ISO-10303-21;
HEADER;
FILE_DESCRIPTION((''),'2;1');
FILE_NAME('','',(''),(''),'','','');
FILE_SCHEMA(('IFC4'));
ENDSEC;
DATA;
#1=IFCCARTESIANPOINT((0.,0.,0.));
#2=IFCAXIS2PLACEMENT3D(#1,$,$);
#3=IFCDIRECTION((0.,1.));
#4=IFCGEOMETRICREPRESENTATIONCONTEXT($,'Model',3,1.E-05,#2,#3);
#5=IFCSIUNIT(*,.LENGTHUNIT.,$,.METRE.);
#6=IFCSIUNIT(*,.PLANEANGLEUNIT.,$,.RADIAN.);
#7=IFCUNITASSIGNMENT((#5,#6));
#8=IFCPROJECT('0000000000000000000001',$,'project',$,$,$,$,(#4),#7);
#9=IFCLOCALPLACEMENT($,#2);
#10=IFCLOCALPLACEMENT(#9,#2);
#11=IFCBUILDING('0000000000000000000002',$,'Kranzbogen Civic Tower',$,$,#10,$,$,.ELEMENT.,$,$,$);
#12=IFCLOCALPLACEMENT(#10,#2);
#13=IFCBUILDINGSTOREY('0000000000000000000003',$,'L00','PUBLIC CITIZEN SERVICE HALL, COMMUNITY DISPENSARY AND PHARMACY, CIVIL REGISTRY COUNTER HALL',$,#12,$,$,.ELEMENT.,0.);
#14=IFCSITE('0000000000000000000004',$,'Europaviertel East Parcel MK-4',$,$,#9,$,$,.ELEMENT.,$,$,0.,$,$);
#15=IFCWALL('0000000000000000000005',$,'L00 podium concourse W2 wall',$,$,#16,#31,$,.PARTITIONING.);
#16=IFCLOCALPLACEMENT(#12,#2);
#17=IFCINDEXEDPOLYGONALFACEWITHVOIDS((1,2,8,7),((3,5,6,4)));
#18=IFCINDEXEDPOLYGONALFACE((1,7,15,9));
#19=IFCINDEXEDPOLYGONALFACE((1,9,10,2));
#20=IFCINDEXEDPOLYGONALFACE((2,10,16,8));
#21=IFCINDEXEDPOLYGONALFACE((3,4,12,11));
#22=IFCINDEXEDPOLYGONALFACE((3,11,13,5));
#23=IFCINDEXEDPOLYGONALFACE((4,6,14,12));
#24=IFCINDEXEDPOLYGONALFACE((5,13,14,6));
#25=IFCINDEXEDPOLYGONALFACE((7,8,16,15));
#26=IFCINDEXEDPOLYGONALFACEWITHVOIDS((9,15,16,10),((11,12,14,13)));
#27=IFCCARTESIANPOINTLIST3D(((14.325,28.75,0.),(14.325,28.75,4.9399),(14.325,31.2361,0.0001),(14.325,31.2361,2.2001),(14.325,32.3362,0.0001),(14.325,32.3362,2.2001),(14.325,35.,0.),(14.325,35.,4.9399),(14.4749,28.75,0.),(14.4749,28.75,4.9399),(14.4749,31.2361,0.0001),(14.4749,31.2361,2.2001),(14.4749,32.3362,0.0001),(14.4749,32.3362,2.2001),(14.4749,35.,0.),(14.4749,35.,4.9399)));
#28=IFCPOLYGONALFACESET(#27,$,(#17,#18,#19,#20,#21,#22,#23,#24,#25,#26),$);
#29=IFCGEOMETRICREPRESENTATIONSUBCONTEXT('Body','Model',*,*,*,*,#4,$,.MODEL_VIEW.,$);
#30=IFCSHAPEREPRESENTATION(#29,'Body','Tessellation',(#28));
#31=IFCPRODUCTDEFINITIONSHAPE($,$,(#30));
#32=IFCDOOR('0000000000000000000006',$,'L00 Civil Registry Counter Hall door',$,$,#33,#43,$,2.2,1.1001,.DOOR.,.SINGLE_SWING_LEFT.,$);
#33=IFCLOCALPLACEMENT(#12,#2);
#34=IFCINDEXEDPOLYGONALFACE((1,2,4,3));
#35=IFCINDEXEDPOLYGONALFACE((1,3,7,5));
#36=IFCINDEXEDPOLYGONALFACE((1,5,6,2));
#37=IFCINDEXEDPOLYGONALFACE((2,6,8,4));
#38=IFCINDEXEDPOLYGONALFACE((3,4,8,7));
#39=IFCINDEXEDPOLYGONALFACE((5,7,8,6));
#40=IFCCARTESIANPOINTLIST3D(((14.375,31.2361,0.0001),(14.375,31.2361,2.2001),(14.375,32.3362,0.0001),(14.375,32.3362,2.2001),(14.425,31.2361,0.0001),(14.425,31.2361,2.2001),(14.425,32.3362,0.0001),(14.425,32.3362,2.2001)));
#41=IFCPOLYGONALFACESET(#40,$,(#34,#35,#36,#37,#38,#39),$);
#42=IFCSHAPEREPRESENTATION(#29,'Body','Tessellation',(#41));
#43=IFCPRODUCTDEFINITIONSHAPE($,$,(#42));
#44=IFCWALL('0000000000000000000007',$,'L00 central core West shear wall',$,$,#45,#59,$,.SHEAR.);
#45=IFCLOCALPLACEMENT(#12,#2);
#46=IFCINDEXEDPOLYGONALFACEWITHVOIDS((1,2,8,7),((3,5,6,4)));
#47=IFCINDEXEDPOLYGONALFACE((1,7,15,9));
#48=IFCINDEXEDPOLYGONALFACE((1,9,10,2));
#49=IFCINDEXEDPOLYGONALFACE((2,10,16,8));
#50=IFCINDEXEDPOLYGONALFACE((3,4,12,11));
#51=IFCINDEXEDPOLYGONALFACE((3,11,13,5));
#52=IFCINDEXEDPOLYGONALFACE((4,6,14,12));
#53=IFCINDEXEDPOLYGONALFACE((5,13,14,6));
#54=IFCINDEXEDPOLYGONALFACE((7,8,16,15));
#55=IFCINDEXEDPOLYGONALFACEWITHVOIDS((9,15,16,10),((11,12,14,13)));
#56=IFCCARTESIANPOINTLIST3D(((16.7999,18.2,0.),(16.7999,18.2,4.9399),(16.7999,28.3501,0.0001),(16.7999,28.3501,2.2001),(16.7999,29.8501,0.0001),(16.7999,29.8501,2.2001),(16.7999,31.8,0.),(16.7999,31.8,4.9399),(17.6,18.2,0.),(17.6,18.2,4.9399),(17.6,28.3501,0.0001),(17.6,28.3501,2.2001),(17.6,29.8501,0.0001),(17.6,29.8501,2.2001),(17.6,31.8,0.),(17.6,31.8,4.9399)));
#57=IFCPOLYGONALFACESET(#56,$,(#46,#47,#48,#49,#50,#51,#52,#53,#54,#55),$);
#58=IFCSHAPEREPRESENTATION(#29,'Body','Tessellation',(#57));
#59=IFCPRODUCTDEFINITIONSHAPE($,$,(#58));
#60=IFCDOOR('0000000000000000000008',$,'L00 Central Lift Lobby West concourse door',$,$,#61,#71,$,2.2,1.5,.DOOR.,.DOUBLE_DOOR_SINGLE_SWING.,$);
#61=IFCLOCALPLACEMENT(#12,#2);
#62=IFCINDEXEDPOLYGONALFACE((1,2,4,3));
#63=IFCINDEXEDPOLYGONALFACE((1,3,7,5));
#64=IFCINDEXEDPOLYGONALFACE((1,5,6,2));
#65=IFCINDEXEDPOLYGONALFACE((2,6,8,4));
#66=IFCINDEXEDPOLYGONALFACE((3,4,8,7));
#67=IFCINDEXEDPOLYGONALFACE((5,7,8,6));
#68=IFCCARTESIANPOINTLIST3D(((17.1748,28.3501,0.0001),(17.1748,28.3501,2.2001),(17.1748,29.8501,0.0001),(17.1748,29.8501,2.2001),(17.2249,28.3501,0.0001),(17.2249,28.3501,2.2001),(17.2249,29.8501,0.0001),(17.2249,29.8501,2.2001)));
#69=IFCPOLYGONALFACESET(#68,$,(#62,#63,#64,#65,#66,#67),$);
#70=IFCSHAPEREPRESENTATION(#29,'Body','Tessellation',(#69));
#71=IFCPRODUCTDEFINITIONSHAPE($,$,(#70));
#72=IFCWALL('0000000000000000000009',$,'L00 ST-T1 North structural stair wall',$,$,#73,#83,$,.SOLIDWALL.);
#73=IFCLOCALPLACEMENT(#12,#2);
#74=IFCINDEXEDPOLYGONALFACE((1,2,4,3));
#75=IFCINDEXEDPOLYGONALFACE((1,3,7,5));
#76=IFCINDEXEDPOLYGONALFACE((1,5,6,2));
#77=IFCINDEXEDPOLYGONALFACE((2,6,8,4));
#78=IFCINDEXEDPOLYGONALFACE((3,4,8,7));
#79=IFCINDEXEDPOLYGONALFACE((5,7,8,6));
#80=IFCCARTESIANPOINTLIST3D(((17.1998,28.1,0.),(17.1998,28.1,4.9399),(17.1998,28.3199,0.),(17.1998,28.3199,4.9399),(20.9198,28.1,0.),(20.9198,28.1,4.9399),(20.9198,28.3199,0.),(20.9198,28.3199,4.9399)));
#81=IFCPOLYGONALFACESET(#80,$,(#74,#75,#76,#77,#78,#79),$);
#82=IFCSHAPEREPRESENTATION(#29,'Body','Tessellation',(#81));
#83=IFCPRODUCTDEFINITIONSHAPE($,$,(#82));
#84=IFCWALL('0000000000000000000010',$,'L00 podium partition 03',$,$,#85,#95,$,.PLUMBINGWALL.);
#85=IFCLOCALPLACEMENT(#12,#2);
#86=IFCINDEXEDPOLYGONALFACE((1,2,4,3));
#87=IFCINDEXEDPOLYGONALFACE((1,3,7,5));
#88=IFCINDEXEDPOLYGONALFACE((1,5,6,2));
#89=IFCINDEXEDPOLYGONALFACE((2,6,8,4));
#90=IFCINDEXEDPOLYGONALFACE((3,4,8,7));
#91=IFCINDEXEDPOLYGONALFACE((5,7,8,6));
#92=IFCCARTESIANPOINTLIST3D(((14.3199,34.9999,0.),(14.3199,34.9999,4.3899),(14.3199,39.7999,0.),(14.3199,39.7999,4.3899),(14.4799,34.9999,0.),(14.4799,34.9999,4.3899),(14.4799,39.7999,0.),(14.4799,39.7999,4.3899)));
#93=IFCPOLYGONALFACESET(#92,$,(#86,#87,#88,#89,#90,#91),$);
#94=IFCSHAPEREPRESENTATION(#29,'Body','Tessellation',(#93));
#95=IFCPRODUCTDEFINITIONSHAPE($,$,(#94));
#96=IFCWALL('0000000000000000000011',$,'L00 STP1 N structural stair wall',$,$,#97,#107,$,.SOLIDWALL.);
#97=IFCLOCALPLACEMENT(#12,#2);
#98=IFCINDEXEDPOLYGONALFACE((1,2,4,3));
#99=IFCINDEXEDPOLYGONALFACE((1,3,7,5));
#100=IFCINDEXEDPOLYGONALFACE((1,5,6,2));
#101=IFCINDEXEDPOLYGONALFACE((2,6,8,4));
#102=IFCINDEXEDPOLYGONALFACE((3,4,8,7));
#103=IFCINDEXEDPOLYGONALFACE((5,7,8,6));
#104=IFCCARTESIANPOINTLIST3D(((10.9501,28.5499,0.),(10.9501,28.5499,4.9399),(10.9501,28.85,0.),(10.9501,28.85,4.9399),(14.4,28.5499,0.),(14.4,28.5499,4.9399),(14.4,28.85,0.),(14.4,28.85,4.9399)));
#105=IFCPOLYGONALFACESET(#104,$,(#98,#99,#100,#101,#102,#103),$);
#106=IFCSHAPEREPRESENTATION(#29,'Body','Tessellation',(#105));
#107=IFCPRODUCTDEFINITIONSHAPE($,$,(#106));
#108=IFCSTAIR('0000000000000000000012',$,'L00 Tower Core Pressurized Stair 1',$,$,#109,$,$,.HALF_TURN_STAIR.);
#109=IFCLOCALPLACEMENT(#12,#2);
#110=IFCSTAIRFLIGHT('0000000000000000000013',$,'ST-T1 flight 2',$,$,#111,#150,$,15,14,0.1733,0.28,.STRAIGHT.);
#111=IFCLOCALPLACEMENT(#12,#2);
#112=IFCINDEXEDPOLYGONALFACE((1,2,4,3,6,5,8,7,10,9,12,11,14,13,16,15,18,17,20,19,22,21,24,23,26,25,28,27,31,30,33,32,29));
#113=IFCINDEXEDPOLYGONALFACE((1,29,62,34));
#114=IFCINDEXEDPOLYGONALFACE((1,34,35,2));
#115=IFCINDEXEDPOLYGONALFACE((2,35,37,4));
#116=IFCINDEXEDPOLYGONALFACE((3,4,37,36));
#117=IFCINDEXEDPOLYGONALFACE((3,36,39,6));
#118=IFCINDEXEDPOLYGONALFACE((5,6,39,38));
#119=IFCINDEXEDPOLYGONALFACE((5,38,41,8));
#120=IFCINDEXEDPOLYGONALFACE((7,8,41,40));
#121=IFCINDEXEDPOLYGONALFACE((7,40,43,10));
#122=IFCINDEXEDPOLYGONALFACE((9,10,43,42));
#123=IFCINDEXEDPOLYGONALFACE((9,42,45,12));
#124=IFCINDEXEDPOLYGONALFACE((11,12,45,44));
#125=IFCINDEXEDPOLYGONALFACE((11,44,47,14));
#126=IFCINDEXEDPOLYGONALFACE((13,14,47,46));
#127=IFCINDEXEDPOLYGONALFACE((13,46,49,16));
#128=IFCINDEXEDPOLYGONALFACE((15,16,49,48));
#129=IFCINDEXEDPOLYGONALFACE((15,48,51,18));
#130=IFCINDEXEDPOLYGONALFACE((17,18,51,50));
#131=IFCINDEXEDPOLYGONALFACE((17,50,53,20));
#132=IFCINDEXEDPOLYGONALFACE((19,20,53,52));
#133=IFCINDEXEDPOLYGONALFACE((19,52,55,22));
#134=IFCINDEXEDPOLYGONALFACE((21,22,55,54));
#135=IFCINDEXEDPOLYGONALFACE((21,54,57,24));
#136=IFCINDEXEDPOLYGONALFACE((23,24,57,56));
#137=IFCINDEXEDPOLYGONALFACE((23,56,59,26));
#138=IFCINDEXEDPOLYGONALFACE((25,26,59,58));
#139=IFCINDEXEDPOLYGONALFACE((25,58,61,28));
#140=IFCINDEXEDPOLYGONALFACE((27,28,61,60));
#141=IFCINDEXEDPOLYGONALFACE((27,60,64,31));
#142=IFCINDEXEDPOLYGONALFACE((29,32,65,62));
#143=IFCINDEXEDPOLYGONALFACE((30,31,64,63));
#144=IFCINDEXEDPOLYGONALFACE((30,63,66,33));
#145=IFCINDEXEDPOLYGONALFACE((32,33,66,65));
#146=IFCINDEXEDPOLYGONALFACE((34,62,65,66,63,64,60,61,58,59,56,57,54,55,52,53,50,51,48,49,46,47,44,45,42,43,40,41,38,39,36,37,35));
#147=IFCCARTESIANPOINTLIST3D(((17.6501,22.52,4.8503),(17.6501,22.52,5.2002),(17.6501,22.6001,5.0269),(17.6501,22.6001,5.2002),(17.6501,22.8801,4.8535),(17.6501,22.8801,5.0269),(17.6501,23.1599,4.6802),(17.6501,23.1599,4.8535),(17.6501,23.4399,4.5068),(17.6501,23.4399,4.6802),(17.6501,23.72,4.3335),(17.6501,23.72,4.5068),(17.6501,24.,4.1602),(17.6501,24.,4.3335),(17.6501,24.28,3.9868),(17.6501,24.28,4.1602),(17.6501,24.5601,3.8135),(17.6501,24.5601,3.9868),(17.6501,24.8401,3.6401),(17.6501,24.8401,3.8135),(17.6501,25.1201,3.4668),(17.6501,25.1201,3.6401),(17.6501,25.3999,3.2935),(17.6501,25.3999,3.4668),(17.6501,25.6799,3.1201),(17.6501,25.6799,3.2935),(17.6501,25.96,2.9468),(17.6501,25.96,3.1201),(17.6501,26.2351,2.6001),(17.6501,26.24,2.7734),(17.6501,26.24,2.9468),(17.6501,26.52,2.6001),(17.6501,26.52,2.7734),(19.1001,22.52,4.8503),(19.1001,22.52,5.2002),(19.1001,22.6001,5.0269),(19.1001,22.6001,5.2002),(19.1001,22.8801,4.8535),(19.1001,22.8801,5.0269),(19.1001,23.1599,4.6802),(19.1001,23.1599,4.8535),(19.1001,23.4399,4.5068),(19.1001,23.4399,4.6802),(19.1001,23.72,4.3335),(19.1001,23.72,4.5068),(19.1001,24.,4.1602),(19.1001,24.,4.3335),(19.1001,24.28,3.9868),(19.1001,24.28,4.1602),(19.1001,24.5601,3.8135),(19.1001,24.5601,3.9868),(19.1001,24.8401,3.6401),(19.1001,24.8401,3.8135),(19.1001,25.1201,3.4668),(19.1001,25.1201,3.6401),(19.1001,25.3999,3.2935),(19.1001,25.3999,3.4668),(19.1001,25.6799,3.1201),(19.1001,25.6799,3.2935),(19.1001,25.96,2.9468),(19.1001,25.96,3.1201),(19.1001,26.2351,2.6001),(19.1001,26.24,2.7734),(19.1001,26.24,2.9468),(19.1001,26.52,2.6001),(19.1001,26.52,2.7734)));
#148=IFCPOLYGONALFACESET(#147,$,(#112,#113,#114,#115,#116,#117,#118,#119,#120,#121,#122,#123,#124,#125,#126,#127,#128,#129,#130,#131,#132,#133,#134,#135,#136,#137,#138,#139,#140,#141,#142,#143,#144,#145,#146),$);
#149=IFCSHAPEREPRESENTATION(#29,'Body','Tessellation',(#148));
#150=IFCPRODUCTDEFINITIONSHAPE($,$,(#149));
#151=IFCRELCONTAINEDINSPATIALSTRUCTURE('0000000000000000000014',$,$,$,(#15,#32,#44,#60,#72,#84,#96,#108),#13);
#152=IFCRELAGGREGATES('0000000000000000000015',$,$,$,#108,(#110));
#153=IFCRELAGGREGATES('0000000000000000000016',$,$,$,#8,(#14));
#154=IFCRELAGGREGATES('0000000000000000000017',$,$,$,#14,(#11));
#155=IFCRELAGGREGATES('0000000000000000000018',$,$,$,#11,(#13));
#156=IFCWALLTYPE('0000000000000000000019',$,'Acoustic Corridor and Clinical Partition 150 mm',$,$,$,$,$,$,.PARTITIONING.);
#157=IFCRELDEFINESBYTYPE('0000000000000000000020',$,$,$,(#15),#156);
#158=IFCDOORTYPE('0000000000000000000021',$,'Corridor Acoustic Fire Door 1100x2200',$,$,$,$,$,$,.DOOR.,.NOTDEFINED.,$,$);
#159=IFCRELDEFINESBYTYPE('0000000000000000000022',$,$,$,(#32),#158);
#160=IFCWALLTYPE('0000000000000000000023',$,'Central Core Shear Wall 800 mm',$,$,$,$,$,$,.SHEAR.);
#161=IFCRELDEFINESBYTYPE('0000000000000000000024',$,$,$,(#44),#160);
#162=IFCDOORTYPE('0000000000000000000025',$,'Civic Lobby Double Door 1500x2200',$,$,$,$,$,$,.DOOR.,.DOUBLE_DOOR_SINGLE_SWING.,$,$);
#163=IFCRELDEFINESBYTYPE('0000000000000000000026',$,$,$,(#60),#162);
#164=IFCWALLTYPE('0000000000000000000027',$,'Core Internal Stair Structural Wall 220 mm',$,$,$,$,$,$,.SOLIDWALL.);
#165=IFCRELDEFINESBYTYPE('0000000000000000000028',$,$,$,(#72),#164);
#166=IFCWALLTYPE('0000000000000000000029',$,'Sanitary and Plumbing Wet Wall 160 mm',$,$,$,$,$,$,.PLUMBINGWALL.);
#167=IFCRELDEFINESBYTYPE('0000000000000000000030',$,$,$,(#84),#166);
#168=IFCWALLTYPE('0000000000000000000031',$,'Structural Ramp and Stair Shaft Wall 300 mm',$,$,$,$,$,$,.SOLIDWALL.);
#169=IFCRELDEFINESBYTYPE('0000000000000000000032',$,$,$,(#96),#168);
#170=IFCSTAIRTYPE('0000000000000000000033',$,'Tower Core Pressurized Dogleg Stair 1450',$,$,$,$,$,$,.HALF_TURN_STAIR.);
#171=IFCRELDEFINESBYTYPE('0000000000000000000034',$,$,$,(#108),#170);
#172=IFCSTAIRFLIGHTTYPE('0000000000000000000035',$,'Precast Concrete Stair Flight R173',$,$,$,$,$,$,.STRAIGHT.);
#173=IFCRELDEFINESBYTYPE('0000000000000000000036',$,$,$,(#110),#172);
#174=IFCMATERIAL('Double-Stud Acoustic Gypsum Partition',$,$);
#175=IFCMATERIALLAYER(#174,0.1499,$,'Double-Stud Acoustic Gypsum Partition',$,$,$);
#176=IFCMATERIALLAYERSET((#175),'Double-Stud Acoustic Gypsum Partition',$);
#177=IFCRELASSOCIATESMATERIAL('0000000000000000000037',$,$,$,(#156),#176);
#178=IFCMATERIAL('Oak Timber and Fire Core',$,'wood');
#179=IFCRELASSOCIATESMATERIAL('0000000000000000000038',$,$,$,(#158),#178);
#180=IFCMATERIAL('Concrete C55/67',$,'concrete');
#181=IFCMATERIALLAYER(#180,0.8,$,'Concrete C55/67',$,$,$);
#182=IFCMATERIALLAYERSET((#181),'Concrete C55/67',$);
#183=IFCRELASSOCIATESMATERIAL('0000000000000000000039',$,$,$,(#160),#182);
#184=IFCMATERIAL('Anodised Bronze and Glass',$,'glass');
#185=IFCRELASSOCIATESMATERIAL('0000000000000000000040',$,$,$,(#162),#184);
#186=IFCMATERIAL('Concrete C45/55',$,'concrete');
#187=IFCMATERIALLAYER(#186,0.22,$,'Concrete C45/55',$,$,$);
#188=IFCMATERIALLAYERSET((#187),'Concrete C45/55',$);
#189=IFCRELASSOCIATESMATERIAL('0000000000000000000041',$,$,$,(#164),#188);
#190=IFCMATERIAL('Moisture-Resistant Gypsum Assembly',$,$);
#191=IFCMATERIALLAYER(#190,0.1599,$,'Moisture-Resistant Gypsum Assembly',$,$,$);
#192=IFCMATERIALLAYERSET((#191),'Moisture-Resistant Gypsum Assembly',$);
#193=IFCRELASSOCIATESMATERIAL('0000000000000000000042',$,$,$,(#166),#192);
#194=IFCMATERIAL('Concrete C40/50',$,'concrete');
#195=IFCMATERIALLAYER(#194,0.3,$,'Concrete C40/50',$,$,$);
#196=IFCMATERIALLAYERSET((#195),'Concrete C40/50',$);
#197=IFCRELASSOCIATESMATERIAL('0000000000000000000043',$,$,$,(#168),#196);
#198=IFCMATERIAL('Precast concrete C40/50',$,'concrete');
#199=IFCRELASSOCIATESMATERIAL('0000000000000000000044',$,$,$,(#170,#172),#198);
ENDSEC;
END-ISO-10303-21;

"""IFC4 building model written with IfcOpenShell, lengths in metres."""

from ifc_helpers import new_model, si_unit, direction, frame, frame_2d, origin, place, context, subcontext, project, spatial, polyline, rectangle, outline, extrude, material, layer, layer_set, type_object, element, fill, aggregate, save


model = new_model("IFC4")

# Units and contexts
model_context = context("Model", 3, precision=1e-05, world=origin(), true_north=direction((0.0, 1.0)))
body_context = subcontext(model_context, "Body", "Model", "MODEL_VIEW")
ifc_project = project(units=[si_unit("LENGTHUNIT", "METRE"), si_unit("PLANEANGLEUNIT", "RADIAN")], contexts=[model_context])

# Site, building, storey
site_placement = place(None, origin())
site = spatial("IfcSite", under=ifc_project, at=site_placement, Name="Europaviertel East Parcel MK-4", CompositionType="ELEMENT", RefElevation=0.0)
building_placement = place(site_placement, origin())
building = spatial("IfcBuilding", under=site, at=building_placement, Name="Kranzbogen Civic Tower", CompositionType="ELEMENT")
storey_placement = place(building_placement, origin())
storey = spatial("IfcBuildingStorey", under=building, at=storey_placement, Name="L00", Description="PUBLIC CITIZEN SERVICE HALL, COMMUNITY DISPENSARY AND PHARMACY, CIVIL REGISTRY COUNTER HALL", CompositionType="ELEMENT", Elevation=0.0)

# Shared definitions
ifc_material_1 = material(Name="Double-Stud Acoustic Gypsum Partition")
ifc_layer_1 = layer(ifc_material_1, 0.1499, Name="Double-Stud Acoustic Gypsum Partition")
ifc_layer_set_1 = layer_set([ifc_layer_1], Name="Double-Stud Acoustic Gypsum Partition")
wall_type_1 = type_object("IfcWallType", Name="Acoustic Corridor and Clinical Partition 150 mm", PredefinedType="PARTITIONING", material=ifc_layer_set_1)
ifc_material_2 = material(Name="Oak Timber and Fire Core", Category="wood")
door_type_1 = type_object("IfcDoorType", Name="Corridor Acoustic Fire Door 1100x2200", OperationType="NOTDEFINED", PredefinedType="DOOR", material=ifc_material_2)

# Walls, openings, doors
wall_1_placement = place(storey_placement, frame((14.3999, 28.75, 0.0), z_axis=(0.0, 0.0, 1.0), x_axis=(0.0, 1.0, 0.0)))
wall_1 = element("IfcWall", 1, at=wall_1_placement, inside=storey, type_object=wall_type_1, Name="L00 podium concourse W2 wall", PredefinedType="PARTITIONING", context=body_context, shape_type="SweptSolid", body=[
    extrude(rectangle(XDim=6.25, YDim=0.1499, at=frame_2d((3.125, 0.0))), origin(), (0.0, 0.0, 1.0), 4.9399),
])
opening_1_placement = place(wall_1_placement, frame((2.4861, 0.0, 0.0)))
opening_1 = element("IfcOpeningElement", 2, at=opening_1_placement, cuts=wall_1, PredefinedType="OPENING", context=body_context, shape_type="SweptSolid", body=[
    extrude(rectangle(XDim=1.1001, YDim=2.2, at=frame_2d((0.55, 1.1001))), frame((0.0, 0.085, 0.0), z_axis=(0.0, -1.0, 0.0), x_axis=(1.0, 0.0, 0.0)), (0.0, 0.0, 1.0), 0.1699),
])
door_1_placement = place(opening_1_placement, origin())
door_1 = element("IfcDoor", 3, at=door_1_placement, inside=storey, type_object=door_type_1, Name="L00 Civil Registry Counter Hall door", OperationType="SINGLE_SWING_LEFT", OverallHeight=2.2, OverallWidth=1.1001, PredefinedType="DOOR", context=body_context, shape_type="SweptSolid", body=[
    extrude(rectangle(XDim=1.1001, YDim=2.2, at=frame_2d((0.55, 1.1001))), frame((0.0, 0.0249, 0.0), z_axis=(0.0, -1.0, 0.0), x_axis=(1.0, 0.0, 0.0)), (0.0, 0.0, 1.0), 0.05),
])
fill(opening_1, door_1)
ifc_material_3 = material(Name="Concrete C55/67", Category="concrete")
ifc_layer_2 = layer(ifc_material_3, 0.8, Name="Concrete C55/67")
ifc_layer_set_2 = layer_set([ifc_layer_2], Name="Concrete C55/67")
wall_type_2 = type_object("IfcWallType", Name="Central Core Shear Wall 800 mm", PredefinedType="SHEAR", material=ifc_layer_set_2)
wall_2_placement = place(storey_placement, frame((17.2, 31.8, 0.0), z_axis=(0.0, 0.0, 1.0), x_axis=(0.0, -1.0, 0.0)))
wall_2 = element("IfcWall", 4, at=wall_2_placement, inside=storey, type_object=wall_type_2, Name="L00 central core West shear wall", PredefinedType="SHEAR", context=body_context, shape_type="SweptSolid", body=[
    extrude(rectangle(XDim=13.6001, YDim=0.8, at=frame_2d((6.8, 0.0))), origin(), (0.0, 0.0, 1.0), 4.9399),
])
opening_2_placement = place(wall_2_placement, frame((1.95, 0.0, 0.0)))
opening_2 = element("IfcOpeningElement", 5, at=opening_2_placement, cuts=wall_2, PredefinedType="OPENING", context=body_context, shape_type="SweptSolid", body=[
    extrude(rectangle(XDim=1.5, YDim=2.2, at=frame_2d((0.75, 1.1001))), frame((0.0, 0.4102, 0.0), z_axis=(0.0, -1.0, 0.0), x_axis=(1.0, 0.0, 0.0)), (0.0, 0.0, 1.0), 0.8201),
])
ifc_material_4 = material(Name="Anodised Bronze and Glass", Category="glass")
door_type_2 = type_object("IfcDoorType", Name="Civic Lobby Double Door 1500x2200", OperationType="DOUBLE_DOOR_SINGLE_SWING", PredefinedType="DOOR", material=ifc_material_4)
door_2_placement = place(opening_2_placement, origin())
door_2 = element("IfcDoor", 6, at=door_2_placement, inside=storey, type_object=door_type_2, Name="L00 Central Lift Lobby West concourse door", OperationType="DOUBLE_DOOR_SINGLE_SWING", OverallHeight=2.2, OverallWidth=1.5, PredefinedType="DOOR", context=body_context, shape_type="SweptSolid", body=[
    extrude(rectangle(XDim=1.5, YDim=2.2, at=frame_2d((0.75, 1.1001))), frame((0.0, 0.0249, 0.0), z_axis=(0.0, -1.0, 0.0), x_axis=(1.0, 0.0, 0.0)), (0.0, 0.0, 1.0), 0.05),
])
fill(opening_2, door_2)

# Walls
ifc_material_5 = material(Name="Concrete C45/55", Category="concrete")
ifc_layer_3 = layer(ifc_material_5, 0.22, Name="Concrete C45/55")
ifc_layer_set_3 = layer_set([ifc_layer_3], Name="Concrete C45/55")
wall_type_3 = type_object("IfcWallType", Name="Core Internal Stair Structural Wall 220 mm", PredefinedType="SOLIDWALL", material=ifc_layer_set_3)
wall_3_placement = place(storey_placement, frame((17.2, 28.21, 0.0), z_axis=(0.0, 0.0, 1.0), x_axis=(1.0, 0.0, 0.0)))
element("IfcWall", 7, at=wall_3_placement, inside=storey, type_object=wall_type_3, Name="L00 ST-T1 North structural stair wall", PredefinedType="SOLIDWALL", context=body_context, shape_type="SweptSolid", body=[
    extrude(rectangle(XDim=3.72, YDim=0.22, at=frame_2d((1.8599, 0.0))), origin(), (0.0, 0.0, 1.0), 4.9399),
])
ifc_material_6 = material(Name="Moisture-Resistant Gypsum Assembly")
ifc_layer_4 = layer(ifc_material_6, 0.1599, Name="Moisture-Resistant Gypsum Assembly")
ifc_layer_set_4 = layer_set([ifc_layer_4], Name="Moisture-Resistant Gypsum Assembly")
wall_type_4 = type_object("IfcWallType", Name="Sanitary and Plumbing Wet Wall 160 mm", PredefinedType="PLUMBINGWALL", material=ifc_layer_set_4)
wall_4_placement = place(storey_placement, frame((14.3999, 35.0, 0.0), z_axis=(0.0, 0.0, 1.0), x_axis=(0.0, 1.0, 0.0)))
element("IfcWall", 8, at=wall_4_placement, inside=storey, type_object=wall_type_4, Name="L00 podium partition 03", PredefinedType="PLUMBINGWALL", context=body_context, shape_type="SweptSolid", body=[
    extrude(rectangle(XDim=4.8, YDim=0.1599, at=frame_2d((2.3999, 0.0))), origin(), (0.0, 0.0, 1.0), 4.3899),
])
ifc_material_7 = material(Name="Concrete C40/50", Category="concrete")
ifc_layer_5 = layer(ifc_material_7, 0.3, Name="Concrete C40/50")
ifc_layer_set_5 = layer_set([ifc_layer_5], Name="Concrete C40/50")
wall_type_5 = type_object("IfcWallType", Name="Structural Ramp and Stair Shaft Wall 300 mm", PredefinedType="SOLIDWALL", material=ifc_layer_set_5)
wall_5_placement = place(storey_placement, frame((10.95, 28.7, 0.0), z_axis=(0.0, 0.0, 1.0), x_axis=(1.0, 0.0, 0.0)))
element("IfcWall", 9, at=wall_5_placement, inside=storey, type_object=wall_type_5, Name="L00 STP1 N structural stair wall", PredefinedType="SOLIDWALL", context=body_context, shape_type="SweptSolid", body=[
    extrude(rectangle(XDim=3.45, YDim=0.3, at=frame_2d((1.7251, 0.0))), origin(), (0.0, 0.0, 1.0), 4.9399),
])

# Stair, stair flight
ifc_material_8 = material(Name="Precast concrete C40/50", Category="concrete")
stair_type_1 = type_object("IfcStairType", Name="Tower Core Pressurized Dogleg Stair 1450", PredefinedType="HALF_TURN_STAIR", material=ifc_material_8)
stair_1_placement = place(storey_placement, origin())
stair_1 = element("IfcStair", 10, at=stair_1_placement, inside=storey, type_object=stair_type_1, Name="L00 Tower Core Pressurized Stair 1", PredefinedType="HALF_TURN_STAIR")
stair_flight_type = type_object("IfcStairFlightType", Name="Precast Concrete Stair Flight R173", PredefinedType="STRAIGHT", material=ifc_material_8)
stair_flight_1_placement = place(storey_placement, frame((18.375, 26.52, 2.6001), z_axis=(0.0, 0.0, 1.0), x_axis=(0.0, -1.0, 0.0)))
stair_flight_1 = element("IfcStairFlight", 11, at=stair_flight_1_placement, type_object=stair_flight_type, Name="ST-T1 flight 2", NumberOfRisers=15, NumberOfTreads=14, PredefinedType="STRAIGHT", RiserHeight=0.1733, TreadLength=0.28, context=body_context, shape_type="SweptSolid", body=[
    extrude(outline(polyline([(0.0, 0.0), (0.0, 0.1733), (0.28, 0.1733), (0.28, 0.3467), (0.5601, 0.3467), (0.5601, 0.52), (0.8401, 0.52), (0.8401, 0.6934), (1.1201, 0.6934), (1.1201, 0.8667), (1.3999, 0.8667), (1.3999, 1.04), (1.6799, 1.04), (1.6799, 1.2134), (1.96, 1.2134), (1.96, 1.3867), (2.24, 1.3867), (2.24, 1.5601), (2.52, 1.5601), (2.52, 1.7334), (2.8, 1.7334), (2.8, 1.9067), (3.0801, 1.9067), (3.0801, 2.0801), (3.3601, 2.0801), (3.3601, 2.2534), (3.6399, 2.2534), (3.6399, 2.4268), (3.9199, 2.4268), (3.9199, 2.6001), (4.0, 2.6001), (4.0, 2.2502), (0.2849, 0.0), (0.0, 0.0)])), frame((0.0, 0.7251, 0.0), z_axis=(0.0, -1.0, 0.0), x_axis=(1.0, 0.0, 0.0)), (0.0, 0.0, 1.0), 1.45),
])
aggregate(stair_1, [stair_flight_1])

save(model, "model.ifc")
